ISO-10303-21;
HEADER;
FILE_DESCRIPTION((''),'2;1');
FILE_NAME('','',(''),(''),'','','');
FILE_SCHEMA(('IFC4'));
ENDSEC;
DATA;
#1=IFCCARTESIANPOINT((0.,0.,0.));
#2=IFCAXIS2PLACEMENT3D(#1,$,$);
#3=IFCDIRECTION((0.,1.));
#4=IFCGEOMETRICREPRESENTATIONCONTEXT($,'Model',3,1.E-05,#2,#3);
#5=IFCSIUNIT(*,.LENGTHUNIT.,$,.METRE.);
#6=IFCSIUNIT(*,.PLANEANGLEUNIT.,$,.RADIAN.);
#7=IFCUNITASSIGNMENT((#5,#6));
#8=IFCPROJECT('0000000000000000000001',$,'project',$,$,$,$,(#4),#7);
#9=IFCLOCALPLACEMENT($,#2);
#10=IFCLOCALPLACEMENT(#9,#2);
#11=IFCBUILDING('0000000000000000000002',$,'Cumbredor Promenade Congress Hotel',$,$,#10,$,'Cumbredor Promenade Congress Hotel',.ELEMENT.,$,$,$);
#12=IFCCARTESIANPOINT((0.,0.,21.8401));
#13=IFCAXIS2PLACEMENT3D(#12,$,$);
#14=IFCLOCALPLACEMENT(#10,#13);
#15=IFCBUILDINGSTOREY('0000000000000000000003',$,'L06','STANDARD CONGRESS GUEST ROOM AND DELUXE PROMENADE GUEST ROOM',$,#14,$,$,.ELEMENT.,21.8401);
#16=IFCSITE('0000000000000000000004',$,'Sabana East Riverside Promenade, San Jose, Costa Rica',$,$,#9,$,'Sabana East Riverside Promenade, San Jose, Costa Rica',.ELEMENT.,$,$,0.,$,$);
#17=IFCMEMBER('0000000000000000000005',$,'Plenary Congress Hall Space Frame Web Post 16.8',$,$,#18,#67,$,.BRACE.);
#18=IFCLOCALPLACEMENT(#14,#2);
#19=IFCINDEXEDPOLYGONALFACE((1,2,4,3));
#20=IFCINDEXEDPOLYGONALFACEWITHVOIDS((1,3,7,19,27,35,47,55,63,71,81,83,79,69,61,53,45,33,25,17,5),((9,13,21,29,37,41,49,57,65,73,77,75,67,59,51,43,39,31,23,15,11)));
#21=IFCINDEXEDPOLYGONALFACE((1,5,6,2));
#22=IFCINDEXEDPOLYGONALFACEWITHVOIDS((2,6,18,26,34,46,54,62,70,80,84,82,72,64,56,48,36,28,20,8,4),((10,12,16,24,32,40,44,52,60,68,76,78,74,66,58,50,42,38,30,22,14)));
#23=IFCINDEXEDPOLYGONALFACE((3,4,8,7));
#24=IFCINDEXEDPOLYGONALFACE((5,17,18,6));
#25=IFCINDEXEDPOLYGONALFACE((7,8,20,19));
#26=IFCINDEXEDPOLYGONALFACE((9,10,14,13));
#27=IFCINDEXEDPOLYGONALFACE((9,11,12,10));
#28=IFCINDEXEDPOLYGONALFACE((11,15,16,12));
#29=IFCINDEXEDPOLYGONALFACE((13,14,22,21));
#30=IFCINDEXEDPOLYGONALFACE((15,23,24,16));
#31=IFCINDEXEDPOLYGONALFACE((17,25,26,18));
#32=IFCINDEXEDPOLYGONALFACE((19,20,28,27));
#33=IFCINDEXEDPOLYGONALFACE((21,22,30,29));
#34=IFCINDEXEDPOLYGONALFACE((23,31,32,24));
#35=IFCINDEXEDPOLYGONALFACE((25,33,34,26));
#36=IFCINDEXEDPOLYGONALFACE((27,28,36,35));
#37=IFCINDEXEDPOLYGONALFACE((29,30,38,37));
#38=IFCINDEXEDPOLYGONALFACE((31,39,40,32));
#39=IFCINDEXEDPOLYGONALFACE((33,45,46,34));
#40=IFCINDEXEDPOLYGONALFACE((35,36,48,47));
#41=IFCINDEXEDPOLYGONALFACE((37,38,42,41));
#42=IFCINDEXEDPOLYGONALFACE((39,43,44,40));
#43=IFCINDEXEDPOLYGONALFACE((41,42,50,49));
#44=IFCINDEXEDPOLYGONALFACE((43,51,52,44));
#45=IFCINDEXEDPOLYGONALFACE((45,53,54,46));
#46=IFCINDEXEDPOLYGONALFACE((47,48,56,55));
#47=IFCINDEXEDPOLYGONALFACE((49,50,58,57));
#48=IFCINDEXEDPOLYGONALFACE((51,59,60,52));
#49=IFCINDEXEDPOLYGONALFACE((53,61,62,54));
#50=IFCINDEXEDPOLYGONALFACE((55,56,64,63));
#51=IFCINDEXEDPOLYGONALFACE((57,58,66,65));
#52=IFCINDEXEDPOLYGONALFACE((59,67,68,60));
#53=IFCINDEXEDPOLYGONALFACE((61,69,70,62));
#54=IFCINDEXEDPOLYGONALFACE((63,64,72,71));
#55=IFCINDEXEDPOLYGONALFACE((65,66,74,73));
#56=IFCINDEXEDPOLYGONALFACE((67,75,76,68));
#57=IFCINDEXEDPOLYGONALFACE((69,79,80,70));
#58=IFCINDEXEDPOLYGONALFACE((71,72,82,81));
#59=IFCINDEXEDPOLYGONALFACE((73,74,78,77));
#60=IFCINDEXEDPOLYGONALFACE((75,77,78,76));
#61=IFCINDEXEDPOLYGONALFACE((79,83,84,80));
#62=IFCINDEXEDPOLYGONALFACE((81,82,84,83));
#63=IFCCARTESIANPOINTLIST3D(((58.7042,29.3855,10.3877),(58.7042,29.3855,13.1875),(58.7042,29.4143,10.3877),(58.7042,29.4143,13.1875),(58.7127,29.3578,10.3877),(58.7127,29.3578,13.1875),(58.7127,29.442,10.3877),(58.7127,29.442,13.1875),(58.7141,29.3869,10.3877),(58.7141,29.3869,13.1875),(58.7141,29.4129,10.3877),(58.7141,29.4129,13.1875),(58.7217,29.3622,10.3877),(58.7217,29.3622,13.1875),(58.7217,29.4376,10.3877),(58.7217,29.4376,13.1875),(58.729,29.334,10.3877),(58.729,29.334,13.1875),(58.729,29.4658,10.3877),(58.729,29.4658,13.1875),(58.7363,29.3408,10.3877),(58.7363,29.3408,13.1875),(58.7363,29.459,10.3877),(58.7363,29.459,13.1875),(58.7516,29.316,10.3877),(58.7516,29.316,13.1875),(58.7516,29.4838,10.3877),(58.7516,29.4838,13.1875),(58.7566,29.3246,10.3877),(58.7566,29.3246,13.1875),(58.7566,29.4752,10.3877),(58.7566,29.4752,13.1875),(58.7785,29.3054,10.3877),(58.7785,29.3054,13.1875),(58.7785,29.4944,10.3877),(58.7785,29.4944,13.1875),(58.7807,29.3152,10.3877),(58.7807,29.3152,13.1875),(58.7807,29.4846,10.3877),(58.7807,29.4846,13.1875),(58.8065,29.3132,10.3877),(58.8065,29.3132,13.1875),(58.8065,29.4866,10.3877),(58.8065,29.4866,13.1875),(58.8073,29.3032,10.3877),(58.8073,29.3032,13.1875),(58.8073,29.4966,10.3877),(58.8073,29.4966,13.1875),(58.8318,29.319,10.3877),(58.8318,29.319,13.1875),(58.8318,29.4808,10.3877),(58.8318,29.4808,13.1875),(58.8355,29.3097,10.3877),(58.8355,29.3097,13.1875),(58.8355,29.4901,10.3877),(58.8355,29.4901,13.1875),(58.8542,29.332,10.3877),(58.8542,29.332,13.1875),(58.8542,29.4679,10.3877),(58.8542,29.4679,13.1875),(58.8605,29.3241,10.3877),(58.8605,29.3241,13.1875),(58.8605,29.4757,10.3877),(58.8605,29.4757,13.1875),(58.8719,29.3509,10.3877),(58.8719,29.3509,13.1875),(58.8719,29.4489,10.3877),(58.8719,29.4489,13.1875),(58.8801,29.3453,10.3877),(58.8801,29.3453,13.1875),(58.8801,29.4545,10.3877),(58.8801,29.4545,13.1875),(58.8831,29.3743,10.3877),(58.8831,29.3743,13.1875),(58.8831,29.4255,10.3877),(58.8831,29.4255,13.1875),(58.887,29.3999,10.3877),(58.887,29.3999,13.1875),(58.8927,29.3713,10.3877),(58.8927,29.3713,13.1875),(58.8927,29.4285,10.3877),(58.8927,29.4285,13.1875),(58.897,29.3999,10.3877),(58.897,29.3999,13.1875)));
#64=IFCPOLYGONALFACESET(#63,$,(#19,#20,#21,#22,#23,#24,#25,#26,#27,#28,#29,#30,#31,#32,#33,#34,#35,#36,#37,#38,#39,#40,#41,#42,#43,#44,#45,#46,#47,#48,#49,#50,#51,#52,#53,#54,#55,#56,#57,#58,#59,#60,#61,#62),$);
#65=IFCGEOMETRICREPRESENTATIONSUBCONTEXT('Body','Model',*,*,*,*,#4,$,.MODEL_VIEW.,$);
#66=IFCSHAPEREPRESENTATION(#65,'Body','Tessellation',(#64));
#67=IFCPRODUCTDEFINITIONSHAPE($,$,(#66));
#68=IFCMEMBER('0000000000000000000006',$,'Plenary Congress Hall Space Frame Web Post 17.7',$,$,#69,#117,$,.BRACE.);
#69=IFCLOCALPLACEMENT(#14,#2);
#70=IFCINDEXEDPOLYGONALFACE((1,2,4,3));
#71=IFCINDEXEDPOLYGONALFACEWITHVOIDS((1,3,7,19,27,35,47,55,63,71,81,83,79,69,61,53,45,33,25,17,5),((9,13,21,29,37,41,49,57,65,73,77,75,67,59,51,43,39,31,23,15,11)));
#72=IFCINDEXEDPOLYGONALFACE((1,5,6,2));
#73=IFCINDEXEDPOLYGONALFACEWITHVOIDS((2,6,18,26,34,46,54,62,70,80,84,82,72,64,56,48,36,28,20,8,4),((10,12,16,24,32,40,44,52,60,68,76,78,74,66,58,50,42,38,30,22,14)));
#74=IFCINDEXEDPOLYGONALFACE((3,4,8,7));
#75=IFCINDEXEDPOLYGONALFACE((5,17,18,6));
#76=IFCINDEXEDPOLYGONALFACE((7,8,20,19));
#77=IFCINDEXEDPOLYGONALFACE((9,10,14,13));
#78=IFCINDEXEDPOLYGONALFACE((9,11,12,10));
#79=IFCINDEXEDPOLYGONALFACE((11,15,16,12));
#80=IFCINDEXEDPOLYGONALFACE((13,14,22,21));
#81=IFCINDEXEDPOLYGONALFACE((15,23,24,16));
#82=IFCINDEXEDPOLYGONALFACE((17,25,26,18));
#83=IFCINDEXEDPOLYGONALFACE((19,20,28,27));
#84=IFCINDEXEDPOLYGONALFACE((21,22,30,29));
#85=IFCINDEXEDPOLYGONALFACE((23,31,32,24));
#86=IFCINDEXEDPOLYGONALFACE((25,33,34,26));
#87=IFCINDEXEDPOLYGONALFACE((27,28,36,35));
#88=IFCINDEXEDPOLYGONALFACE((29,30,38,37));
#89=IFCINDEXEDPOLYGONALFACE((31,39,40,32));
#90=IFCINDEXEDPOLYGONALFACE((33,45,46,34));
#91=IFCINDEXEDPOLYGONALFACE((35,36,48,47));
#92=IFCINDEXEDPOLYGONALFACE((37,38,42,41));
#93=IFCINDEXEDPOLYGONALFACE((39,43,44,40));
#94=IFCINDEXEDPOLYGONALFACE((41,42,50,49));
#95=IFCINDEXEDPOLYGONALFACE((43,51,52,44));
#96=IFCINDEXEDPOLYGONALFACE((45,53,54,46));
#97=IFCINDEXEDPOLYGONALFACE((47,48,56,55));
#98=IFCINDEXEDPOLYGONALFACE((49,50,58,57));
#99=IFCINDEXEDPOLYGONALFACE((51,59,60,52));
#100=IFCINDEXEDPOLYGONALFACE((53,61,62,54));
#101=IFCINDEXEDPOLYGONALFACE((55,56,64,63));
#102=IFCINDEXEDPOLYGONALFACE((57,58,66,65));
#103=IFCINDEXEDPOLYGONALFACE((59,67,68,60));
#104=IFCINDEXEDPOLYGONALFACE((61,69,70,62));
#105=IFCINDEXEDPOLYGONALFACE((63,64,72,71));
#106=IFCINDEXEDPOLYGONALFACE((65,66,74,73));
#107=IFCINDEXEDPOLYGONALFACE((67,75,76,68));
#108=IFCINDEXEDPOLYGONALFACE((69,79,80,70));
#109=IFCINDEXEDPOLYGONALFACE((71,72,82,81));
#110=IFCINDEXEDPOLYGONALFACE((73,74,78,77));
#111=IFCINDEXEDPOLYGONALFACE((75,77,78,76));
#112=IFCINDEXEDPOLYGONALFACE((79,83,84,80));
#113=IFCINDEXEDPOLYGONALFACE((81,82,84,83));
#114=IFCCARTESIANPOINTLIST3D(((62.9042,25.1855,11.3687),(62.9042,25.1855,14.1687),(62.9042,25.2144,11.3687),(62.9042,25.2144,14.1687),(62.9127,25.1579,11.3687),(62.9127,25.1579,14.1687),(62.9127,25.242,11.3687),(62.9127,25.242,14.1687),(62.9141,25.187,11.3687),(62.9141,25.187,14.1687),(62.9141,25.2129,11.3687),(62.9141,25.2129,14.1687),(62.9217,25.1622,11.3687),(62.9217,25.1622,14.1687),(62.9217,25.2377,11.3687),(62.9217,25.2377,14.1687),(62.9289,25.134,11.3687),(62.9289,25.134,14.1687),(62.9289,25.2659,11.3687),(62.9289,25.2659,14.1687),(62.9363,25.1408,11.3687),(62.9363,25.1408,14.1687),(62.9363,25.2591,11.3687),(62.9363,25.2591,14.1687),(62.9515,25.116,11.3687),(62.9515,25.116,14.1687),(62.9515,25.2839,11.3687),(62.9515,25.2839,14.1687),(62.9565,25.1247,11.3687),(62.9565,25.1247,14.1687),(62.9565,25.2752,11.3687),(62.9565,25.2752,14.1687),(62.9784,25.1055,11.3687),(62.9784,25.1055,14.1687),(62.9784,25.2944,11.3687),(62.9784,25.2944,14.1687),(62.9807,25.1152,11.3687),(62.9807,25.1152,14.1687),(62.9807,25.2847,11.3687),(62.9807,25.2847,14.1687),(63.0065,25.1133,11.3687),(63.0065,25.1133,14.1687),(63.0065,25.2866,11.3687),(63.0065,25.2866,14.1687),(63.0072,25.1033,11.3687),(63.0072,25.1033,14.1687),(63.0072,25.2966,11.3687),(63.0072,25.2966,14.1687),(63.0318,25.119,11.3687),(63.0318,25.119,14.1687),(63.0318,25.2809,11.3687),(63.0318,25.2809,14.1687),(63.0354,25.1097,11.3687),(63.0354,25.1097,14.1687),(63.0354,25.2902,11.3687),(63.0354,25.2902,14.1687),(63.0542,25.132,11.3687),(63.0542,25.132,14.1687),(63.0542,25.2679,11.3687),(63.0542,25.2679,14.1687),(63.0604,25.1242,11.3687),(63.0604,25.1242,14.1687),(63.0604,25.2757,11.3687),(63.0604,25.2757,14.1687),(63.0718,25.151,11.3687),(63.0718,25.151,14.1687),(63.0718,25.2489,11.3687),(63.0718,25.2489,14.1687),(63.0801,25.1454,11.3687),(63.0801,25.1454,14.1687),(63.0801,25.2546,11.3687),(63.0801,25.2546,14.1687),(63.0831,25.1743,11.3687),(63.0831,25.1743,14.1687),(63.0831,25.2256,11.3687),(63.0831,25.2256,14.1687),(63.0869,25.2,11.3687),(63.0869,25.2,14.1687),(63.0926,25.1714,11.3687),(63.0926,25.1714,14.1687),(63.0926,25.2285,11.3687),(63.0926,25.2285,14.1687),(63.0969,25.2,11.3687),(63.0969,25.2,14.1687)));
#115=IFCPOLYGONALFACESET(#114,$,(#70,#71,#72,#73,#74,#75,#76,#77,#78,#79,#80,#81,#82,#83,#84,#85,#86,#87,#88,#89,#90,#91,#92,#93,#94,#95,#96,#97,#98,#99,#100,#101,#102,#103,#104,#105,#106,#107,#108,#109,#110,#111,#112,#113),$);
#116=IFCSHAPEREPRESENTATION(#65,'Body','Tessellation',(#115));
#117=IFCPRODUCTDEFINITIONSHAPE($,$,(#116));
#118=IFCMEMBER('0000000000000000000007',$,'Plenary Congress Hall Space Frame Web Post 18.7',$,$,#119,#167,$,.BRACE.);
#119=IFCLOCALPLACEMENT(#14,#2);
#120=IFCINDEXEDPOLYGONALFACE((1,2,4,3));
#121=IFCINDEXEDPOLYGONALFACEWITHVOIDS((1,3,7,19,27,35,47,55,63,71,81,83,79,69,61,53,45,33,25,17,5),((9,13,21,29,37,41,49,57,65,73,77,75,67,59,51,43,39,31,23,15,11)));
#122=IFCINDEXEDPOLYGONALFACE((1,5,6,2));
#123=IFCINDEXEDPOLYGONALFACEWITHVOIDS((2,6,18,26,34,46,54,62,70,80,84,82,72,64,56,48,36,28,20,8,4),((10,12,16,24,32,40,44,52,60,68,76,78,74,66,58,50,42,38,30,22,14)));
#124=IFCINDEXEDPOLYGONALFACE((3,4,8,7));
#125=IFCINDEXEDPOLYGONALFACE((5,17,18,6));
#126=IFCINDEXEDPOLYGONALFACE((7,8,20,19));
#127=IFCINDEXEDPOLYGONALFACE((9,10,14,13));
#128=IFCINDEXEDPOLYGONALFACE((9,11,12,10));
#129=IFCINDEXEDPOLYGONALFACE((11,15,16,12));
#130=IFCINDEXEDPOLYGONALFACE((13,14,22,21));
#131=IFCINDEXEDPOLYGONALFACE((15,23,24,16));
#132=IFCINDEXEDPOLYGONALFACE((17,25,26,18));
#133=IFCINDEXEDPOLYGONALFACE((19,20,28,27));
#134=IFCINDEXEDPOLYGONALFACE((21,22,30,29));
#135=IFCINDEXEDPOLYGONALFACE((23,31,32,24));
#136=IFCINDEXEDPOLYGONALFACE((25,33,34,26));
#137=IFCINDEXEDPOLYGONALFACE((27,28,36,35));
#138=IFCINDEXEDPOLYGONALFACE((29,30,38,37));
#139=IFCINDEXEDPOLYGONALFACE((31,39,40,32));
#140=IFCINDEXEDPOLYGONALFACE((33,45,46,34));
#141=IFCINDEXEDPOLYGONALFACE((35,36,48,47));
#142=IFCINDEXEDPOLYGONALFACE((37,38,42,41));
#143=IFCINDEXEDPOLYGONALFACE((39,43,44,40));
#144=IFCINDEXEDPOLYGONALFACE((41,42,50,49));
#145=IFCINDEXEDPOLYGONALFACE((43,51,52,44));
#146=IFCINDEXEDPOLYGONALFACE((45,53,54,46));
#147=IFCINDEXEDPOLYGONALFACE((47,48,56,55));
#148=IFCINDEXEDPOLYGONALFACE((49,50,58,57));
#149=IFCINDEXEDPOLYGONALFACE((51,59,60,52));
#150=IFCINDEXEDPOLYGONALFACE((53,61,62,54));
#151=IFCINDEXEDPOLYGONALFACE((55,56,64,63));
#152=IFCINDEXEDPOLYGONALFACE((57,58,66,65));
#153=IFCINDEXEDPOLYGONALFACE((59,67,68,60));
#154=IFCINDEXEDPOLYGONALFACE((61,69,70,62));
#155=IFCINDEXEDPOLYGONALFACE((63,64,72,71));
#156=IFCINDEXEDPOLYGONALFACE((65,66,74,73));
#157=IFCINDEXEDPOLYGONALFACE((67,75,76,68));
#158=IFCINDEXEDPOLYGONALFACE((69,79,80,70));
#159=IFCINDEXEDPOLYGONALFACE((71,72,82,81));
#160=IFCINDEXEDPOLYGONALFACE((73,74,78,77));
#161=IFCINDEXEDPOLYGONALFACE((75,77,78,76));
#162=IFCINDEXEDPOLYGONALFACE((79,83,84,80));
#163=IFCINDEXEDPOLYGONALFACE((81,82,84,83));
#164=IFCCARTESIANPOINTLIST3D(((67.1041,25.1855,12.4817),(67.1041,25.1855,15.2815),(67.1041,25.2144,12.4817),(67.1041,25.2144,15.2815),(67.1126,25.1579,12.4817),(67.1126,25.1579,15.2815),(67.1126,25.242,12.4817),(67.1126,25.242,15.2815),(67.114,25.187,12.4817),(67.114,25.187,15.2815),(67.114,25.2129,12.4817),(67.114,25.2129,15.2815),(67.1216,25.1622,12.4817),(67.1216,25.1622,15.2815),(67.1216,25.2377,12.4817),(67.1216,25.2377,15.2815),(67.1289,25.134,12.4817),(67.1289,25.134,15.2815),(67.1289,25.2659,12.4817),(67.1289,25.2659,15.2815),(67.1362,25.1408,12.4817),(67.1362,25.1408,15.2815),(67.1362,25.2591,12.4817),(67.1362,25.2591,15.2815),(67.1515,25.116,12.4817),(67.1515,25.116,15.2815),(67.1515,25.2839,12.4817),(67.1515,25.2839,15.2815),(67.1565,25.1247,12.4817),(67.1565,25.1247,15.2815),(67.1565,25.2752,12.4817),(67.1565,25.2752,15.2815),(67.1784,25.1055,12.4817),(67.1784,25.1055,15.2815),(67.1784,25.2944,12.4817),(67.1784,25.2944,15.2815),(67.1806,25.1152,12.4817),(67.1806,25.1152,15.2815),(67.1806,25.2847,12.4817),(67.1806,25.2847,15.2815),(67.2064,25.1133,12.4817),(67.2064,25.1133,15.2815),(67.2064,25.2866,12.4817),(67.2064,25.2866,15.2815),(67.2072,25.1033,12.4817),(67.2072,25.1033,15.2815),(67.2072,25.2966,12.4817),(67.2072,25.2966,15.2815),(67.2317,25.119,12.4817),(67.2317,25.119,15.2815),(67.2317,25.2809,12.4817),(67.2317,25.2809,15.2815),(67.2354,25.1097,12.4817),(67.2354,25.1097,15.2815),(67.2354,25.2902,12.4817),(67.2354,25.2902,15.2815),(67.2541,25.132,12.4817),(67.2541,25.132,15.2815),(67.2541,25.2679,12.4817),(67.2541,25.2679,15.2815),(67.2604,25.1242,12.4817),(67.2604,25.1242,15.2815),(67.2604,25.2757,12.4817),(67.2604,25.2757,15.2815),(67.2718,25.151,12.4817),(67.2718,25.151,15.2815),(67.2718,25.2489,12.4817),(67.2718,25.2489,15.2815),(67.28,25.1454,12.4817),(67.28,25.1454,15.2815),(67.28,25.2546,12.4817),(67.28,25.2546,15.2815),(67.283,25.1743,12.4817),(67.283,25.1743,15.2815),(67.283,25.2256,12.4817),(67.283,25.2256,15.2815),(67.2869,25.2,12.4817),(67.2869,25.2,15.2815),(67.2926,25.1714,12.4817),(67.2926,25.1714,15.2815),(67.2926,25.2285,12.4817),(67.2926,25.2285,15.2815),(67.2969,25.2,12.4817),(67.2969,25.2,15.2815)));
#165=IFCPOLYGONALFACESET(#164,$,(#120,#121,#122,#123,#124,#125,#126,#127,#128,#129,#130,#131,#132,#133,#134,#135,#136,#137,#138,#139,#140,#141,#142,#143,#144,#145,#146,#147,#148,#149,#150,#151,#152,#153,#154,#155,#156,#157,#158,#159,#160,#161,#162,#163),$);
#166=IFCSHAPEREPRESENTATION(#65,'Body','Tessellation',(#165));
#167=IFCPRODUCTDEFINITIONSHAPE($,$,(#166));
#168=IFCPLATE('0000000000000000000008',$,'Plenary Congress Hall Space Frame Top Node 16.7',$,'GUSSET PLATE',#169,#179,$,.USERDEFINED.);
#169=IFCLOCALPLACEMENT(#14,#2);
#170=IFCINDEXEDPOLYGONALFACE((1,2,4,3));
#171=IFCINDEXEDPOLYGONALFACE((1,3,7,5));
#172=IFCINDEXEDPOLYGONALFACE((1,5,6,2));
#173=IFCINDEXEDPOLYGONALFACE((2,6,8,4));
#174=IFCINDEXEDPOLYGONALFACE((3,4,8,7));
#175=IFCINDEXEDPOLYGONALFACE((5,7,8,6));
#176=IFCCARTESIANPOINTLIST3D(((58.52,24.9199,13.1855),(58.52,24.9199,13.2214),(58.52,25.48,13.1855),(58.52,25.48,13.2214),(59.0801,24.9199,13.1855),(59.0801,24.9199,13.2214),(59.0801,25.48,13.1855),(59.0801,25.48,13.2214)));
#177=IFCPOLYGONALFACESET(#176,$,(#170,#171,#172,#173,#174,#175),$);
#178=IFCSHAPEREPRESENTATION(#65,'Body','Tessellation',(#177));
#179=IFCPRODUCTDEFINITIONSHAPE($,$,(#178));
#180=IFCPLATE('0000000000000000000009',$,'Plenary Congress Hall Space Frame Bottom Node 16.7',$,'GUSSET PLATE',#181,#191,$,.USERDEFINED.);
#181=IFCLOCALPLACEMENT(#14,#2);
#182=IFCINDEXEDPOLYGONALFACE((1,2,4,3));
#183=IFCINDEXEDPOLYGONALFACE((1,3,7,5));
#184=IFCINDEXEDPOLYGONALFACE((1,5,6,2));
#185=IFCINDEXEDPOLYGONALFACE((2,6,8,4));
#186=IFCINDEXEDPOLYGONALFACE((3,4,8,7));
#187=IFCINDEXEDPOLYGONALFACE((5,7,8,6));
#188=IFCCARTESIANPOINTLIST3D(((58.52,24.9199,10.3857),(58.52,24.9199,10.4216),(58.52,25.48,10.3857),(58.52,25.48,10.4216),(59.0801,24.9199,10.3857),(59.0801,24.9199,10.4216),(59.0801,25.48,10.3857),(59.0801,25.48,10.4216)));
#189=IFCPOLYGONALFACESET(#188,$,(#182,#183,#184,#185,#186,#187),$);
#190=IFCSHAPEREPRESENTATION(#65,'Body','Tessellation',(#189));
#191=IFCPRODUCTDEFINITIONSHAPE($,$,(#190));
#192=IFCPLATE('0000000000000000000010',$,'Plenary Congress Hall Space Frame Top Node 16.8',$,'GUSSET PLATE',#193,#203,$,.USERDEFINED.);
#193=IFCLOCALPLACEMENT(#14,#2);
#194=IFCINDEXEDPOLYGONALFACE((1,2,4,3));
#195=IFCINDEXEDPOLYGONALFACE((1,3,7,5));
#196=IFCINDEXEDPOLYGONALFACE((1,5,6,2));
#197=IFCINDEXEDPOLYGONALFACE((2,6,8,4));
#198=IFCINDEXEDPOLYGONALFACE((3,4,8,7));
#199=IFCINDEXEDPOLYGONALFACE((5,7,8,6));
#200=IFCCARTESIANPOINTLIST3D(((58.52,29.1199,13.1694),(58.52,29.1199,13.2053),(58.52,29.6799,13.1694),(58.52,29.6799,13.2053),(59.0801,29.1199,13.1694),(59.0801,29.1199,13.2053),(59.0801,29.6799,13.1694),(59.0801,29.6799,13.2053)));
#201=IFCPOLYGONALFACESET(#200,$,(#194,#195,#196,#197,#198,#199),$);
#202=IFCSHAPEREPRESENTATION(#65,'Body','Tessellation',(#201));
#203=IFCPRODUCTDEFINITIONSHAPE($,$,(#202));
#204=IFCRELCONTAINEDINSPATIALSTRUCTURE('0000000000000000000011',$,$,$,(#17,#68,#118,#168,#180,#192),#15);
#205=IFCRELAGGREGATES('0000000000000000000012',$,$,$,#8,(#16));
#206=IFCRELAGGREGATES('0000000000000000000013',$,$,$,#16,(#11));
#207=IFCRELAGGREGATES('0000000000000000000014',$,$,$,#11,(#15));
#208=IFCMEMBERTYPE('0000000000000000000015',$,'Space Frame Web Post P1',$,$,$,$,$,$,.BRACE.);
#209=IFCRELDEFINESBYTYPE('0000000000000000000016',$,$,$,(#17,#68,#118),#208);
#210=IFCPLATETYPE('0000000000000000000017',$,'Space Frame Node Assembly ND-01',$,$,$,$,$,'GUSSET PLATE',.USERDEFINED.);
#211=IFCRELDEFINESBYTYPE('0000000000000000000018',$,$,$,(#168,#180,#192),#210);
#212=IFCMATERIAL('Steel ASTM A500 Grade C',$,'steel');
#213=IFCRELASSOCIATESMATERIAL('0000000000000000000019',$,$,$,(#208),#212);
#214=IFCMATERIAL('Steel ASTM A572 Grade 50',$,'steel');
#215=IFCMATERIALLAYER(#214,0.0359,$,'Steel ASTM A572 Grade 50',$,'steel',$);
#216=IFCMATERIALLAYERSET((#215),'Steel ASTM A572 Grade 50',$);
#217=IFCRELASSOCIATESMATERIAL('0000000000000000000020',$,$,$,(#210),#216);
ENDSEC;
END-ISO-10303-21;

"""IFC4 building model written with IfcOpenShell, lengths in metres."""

from ifc_helpers import new_model, si_unit, direction, frame, origin, origin_2d, place, context, subcontext, project, spatial, rectangle, hollow_circle, extrude, material, layer, layer_set, material_profile, profile_set, type_object, element, save


model = new_model("IFC4")

# Units and contexts
model_context = context("Model", 3, precision=1e-05, world=origin(), true_north=direction((0.0, 1.0)))
body_context = subcontext(model_context, "Body", "Model", "MODEL_VIEW")
ifc_project = project(units=[si_unit("LENGTHUNIT", "METRE"), si_unit("PLANEANGLEUNIT", "RADIAN")], contexts=[model_context])

# Site, building, storey
site_placement = place(None, origin())
site = spatial("IfcSite", under=ifc_project, at=site_placement, Name="Sabana East Riverside Promenade, San Jose, Costa Rica", LongName="Sabana East Riverside Promenade, San Jose, Costa Rica", CompositionType="ELEMENT", RefElevation=0.0)
building_placement = place(site_placement, origin())
building = spatial("IfcBuilding", under=site, at=building_placement, Name="Cumbredor Promenade Congress Hotel", LongName="Cumbredor Promenade Congress Hotel", CompositionType="ELEMENT")
storey_placement = place(building_placement, frame((0.0, 0.0, 21.8401)))
storey = spatial("IfcBuildingStorey", under=building, at=storey_placement, Name="L06", Description="STANDARD CONGRESS GUEST ROOM AND DELUXE PROMENADE GUEST ROOM", CompositionType="ELEMENT", Elevation=21.8401)

# Members
ifc_material_1 = material(Name="Steel ASTM A500 Grade C", Category="steel")
ifc_material_profile_1 = material_profile(ifc_material_1, hollow_circle(Radius=0.0969, WallThickness=0.01, at=origin_2d()), Name="CHS 193.7x10")
ifc_profile_set_1 = profile_set([ifc_material_profile_1], Name="Steel ASTM A500 Grade C")
member_type_1 = type_object("IfcMemberType", Name="Space Frame Web Post P1", PredefinedType="BRACE", material=ifc_profile_set_1)
for number, where, z_axis, x_axis, name in (
    (1, (58.8, 29.3999, 10.3877), (0.0, 0.0, 1.0), (1.0, 0.0, 0.0), "Plenary Congress Hall Space Frame Web Post 16.8"),
):
    element("IfcMember", number, at=place(storey_placement, frame(where, z_axis=z_axis, x_axis=x_axis)), inside=storey, type_object=member_type_1, Name=name, PredefinedType="BRACE", context=body_context, shape_type="SweptSolid", body=[
        extrude(hollow_circle(Radius=0.0969, WallThickness=0.01, at=origin_2d()), origin(), (0.0, 0.0, 1.0), 2.7998),
    ])
member_1_placement = place(storey_placement, frame((63.0, 25.2, 11.3687), z_axis=(0.0, 0.0, 1.0), x_axis=(1.0, 0.0, 0.0)))
element("IfcMember", 2, at=member_1_placement, inside=storey, type_object=member_type_1, Name="Plenary Congress Hall Space Frame Web Post 17.7", PredefinedType="BRACE", context=body_context, shape_type="SweptSolid", body=[
    extrude(hollow_circle(Radius=0.0969, WallThickness=0.01, at=origin_2d()), origin(), (0.0, 0.0, 1.0), 2.8),
])
member_2_placement = place(storey_placement, frame((67.2, 25.2, 12.4817), z_axis=(0.0, 0.0, 1.0), x_axis=(1.0, 0.0, 0.0)))
element("IfcMember", 3, at=member_2_placement, inside=storey, type_object=member_type_1, Name="Plenary Congress Hall Space Frame Web Post 18.7", PredefinedType="BRACE", context=body_context, shape_type="SweptSolid", body=[
    extrude(hollow_circle(Radius=0.0969, WallThickness=0.01, at=origin_2d()), origin(), (0.0, 0.0, 1.0), 2.7998),
])

# Plates
ifc_material_2 = material(Name="Steel ASTM A572 Grade 50", Category="steel")
ifc_layer = layer(ifc_material_2, 0.0359, Name="Steel ASTM A572 Grade 50", Category="steel")
ifc_layer_set = layer_set([ifc_layer], Name="Steel ASTM A572 Grade 50")
plate_type = type_object("IfcPlateType", Name="Space Frame Node Assembly ND-01", ElementType="GUSSET PLATE", PredefinedType="USERDEFINED", material=ifc_layer_set)
for number, where, z_axis, x_axis, name in (
    (4, (58.8, 25.2, 13.1855), (0.0, 0.0, 1.0), (1.0, 0.0, 0.0), "Plenary Congress Hall Space Frame Top Node 16.7"),
    (5, (58.8, 25.2, 10.3857), (0.0, 0.0, 1.0), (1.0, 0.0, 0.0), "Plenary Congress Hall Space Frame Bottom Node 16.7"),
    (6, (58.8, 29.3999, 13.1694), (0.0, 0.0, 1.0), (1.0, 0.0, 0.0), "Plenary Congress Hall Space Frame Top Node 16.8"),
):
    element("IfcPlate", number, at=place(storey_placement, frame(where, z_axis=z_axis, x_axis=x_axis)), inside=storey, type_object=plate_type, Name=name, ObjectType="GUSSET PLATE", PredefinedType="USERDEFINED", context=body_context, shape_type="SweptSolid", body=[
        extrude(rectangle(XDim=0.5601, YDim=0.5601, at=origin_2d()), origin(), (0.0, 0.0, 1.0), 0.0359),
    ])

save(model, "model.ifc")
